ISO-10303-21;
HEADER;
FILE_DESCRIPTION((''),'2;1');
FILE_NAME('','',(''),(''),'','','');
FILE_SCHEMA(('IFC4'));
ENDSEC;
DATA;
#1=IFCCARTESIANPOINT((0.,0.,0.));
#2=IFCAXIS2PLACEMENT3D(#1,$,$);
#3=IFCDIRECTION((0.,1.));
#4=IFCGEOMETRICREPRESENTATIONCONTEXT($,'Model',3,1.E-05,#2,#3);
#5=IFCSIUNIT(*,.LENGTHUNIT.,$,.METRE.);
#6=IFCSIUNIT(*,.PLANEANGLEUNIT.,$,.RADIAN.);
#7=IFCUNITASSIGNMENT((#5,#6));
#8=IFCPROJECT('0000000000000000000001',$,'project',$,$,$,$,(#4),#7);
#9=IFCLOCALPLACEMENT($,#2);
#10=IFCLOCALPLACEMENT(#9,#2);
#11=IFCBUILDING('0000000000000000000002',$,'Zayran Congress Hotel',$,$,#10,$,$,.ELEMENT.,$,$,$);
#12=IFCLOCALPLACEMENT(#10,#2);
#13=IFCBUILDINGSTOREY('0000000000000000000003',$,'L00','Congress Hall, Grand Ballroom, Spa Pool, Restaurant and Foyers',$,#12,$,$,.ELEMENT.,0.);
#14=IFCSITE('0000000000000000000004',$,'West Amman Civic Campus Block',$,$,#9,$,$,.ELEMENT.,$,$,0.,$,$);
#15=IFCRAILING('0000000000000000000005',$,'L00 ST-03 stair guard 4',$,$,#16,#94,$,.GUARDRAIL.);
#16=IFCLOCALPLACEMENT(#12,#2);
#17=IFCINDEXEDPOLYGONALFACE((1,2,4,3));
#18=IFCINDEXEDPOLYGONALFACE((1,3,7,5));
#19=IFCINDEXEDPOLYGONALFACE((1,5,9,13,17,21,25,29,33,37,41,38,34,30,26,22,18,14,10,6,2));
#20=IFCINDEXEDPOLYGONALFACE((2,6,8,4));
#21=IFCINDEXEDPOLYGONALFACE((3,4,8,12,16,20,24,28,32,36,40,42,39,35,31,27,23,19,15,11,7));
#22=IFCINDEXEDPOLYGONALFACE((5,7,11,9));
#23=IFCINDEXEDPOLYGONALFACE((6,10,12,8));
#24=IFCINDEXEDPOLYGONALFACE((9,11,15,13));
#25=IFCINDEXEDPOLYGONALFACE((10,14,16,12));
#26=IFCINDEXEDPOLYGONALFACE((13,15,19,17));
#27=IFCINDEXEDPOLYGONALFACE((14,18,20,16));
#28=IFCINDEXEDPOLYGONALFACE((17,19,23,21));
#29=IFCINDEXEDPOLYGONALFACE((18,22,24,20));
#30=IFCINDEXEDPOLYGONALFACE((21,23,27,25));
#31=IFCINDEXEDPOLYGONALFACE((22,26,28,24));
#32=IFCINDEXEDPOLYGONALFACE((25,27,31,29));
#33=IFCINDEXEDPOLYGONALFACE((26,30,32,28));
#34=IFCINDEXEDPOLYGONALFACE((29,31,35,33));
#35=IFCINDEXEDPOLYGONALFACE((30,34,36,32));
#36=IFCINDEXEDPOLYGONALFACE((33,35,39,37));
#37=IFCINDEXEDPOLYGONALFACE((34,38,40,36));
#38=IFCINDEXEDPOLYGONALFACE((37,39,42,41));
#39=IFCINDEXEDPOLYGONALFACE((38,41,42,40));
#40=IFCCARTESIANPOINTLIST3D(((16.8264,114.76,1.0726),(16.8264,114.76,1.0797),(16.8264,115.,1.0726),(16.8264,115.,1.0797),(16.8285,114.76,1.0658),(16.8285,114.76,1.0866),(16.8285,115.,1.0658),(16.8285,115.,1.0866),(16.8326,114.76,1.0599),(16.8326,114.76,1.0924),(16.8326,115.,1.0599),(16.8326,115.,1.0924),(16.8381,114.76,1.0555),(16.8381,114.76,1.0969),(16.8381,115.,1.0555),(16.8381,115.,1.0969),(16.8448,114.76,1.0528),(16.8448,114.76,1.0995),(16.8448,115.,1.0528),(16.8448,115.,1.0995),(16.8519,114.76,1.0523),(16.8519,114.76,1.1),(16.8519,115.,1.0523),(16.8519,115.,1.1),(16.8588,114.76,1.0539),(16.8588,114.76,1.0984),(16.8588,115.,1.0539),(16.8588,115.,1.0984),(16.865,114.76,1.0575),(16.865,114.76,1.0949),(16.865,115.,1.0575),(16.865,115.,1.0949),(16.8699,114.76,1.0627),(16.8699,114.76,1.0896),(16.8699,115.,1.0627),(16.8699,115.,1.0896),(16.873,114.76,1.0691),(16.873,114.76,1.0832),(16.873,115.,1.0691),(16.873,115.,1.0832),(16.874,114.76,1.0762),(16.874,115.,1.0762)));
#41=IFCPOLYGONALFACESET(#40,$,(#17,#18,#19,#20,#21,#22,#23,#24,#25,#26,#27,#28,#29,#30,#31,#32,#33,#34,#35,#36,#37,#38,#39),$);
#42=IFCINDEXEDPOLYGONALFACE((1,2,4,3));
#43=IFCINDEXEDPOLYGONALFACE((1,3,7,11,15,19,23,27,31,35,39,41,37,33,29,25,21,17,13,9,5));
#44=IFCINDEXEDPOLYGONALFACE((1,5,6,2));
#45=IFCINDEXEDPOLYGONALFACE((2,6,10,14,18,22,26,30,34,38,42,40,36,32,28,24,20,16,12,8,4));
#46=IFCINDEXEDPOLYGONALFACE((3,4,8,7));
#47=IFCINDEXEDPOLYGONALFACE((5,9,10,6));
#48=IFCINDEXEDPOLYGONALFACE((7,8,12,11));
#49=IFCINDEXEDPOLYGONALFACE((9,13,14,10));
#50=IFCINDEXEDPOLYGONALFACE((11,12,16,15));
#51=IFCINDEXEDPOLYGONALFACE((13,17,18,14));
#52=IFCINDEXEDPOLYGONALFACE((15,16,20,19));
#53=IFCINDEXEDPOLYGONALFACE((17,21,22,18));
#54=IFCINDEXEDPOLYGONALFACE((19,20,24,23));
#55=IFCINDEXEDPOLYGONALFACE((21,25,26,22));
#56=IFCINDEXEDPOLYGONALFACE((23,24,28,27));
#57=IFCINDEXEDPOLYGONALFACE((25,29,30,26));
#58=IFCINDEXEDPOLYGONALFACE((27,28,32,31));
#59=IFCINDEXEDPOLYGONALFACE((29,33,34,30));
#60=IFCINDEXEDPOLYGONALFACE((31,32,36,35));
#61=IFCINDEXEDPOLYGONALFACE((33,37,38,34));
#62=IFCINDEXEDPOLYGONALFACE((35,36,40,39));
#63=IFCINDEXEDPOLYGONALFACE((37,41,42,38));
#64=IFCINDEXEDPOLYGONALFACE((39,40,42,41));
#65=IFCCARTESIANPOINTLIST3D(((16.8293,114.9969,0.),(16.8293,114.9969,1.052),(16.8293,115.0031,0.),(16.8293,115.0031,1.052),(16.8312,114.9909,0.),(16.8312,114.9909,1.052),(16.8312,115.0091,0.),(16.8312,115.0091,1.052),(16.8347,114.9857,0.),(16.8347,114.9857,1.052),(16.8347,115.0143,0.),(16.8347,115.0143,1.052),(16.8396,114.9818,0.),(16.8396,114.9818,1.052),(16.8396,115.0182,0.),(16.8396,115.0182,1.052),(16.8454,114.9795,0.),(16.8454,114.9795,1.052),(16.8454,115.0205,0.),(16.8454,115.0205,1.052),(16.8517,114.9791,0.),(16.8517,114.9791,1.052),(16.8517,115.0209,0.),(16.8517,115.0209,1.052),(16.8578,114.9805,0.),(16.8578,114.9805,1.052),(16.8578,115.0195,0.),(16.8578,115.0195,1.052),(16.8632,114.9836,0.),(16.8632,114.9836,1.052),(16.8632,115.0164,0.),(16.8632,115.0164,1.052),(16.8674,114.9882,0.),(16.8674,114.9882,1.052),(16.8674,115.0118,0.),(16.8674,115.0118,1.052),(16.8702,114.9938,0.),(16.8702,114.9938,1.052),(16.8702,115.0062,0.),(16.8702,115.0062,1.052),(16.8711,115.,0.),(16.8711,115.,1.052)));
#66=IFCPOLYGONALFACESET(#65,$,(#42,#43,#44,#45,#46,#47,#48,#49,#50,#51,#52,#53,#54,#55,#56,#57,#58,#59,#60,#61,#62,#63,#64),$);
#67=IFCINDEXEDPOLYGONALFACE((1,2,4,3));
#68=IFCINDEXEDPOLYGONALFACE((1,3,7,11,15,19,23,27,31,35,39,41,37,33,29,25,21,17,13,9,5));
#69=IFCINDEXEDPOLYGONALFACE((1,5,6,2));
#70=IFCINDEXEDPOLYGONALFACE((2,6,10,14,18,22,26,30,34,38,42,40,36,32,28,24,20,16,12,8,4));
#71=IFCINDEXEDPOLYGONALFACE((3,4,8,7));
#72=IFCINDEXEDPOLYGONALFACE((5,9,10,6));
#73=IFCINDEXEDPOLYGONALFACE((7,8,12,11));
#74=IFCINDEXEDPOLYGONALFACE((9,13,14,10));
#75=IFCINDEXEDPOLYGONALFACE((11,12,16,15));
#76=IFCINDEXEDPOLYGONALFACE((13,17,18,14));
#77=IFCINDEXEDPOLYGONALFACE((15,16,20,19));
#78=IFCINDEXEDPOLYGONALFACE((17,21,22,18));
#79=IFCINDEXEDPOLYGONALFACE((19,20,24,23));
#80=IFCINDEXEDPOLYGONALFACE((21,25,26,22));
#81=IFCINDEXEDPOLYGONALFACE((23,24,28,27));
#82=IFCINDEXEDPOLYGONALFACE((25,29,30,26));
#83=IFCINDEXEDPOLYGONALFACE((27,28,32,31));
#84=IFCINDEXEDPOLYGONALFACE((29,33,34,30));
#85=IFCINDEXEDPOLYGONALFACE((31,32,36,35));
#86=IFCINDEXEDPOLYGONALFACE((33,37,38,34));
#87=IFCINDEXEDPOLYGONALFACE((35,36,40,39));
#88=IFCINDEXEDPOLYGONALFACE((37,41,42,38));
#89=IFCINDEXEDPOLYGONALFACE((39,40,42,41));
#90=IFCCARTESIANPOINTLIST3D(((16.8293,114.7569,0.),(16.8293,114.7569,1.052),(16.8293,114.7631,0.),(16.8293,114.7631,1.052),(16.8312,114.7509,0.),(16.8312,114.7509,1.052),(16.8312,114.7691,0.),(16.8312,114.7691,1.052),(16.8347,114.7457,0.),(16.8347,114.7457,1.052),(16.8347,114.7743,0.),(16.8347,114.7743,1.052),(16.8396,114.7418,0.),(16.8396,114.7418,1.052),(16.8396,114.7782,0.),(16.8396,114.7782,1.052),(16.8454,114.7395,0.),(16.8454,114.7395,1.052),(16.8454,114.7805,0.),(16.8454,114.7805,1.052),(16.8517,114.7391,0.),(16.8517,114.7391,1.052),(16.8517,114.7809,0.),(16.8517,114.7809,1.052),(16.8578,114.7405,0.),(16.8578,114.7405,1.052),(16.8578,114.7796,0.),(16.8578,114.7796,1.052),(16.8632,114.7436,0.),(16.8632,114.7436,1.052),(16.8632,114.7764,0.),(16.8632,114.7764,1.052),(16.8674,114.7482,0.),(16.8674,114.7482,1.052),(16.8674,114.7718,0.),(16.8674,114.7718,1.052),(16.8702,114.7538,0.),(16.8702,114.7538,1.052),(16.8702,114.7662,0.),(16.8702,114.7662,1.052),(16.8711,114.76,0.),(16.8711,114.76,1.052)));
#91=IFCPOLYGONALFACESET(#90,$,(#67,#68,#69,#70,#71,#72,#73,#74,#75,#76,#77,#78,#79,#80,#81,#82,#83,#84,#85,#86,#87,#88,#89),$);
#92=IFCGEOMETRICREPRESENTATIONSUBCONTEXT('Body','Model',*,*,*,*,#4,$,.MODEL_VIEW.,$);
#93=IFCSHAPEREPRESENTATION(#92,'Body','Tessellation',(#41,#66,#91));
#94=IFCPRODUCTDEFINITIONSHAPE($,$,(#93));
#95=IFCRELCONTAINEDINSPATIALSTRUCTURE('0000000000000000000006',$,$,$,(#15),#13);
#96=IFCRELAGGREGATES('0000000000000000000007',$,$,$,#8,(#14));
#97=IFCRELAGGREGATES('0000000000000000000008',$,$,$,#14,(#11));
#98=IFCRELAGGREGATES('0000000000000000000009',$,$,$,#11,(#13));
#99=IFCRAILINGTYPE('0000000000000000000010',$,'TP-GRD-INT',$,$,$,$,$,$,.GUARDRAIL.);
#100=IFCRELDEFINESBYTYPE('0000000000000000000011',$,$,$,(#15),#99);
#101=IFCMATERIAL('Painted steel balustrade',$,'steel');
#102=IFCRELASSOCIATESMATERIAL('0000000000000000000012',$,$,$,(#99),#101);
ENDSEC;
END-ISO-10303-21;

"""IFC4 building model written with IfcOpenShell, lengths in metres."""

from ifc_helpers import new_model, si_unit, direction, frame, origin, origin_2d, place, context, subcontext, project, spatial, circle, extrude, material, type_object, element, save


model = new_model("IFC4")

# Units and contexts
model_context = context("Model", 3, precision=1e-05, world=origin(), true_north=direction((0.0, 1.0)))
body_context = subcontext(model_context, "Body", "Model", "MODEL_VIEW")
ifc_project = project(units=[si_unit("LENGTHUNIT", "METRE"), si_unit("PLANEANGLEUNIT", "RADIAN")], contexts=[model_context])

# Site, building, storey
site_placement = place(None, origin())
site = spatial("IfcSite", under=ifc_project, at=site_placement, Name="West Amman Civic Campus Block", CompositionType="ELEMENT", RefElevation=0.0)
building_placement = place(site_placement, origin())
building = spatial("IfcBuilding", under=site, at=building_placement, Name="Zayran Congress Hotel", CompositionType="ELEMENT")
storey_placement = place(building_placement, origin())
storey = spatial("IfcBuildingStorey", under=building, at=storey_placement, Name="L00", Description="Congress Hall, Grand Ballroom, Spa Pool, Restaurant and Foyers", CompositionType="ELEMENT", Elevation=0.0)

# Railing
ifc_material_1 = material(Name="Painted steel balustrade", Category="steel")
railing_type_1 = type_object("IfcRailingType", Name="TP-GRD-INT", PredefinedType="GUARDRAIL", material=ifc_material_1)
railing_1_placement = place(storey_placement, frame((16.8501, 115.0, 0.0)))
element("IfcRailing", 1, at=railing_1_placement, inside=storey, type_object=railing_type_1, Name="L00 ST-03 stair guard 4", PredefinedType="GUARDRAIL", context=body_context, shape_type="SweptSolid", body=[
    extrude(circle(Radius=0.0239, at=origin_2d()), frame((0.0, 0.0, 1.0762), z_axis=(0.0, -1.0, 0.0), x_axis=(1.0, 0.0, 0.0)), (0.0, 0.0, 1.0), 0.24),
    extrude(circle(Radius=0.021, at=origin_2d()), origin(), (0.0, 0.0, 1.0), 1.052),
    extrude(circle(Radius=0.021, at=origin_2d()), frame((0.0, -0.24, 0.0)), (0.0, 0.0, 1.0), 1.052),
])

save(model, "model.ifc")
